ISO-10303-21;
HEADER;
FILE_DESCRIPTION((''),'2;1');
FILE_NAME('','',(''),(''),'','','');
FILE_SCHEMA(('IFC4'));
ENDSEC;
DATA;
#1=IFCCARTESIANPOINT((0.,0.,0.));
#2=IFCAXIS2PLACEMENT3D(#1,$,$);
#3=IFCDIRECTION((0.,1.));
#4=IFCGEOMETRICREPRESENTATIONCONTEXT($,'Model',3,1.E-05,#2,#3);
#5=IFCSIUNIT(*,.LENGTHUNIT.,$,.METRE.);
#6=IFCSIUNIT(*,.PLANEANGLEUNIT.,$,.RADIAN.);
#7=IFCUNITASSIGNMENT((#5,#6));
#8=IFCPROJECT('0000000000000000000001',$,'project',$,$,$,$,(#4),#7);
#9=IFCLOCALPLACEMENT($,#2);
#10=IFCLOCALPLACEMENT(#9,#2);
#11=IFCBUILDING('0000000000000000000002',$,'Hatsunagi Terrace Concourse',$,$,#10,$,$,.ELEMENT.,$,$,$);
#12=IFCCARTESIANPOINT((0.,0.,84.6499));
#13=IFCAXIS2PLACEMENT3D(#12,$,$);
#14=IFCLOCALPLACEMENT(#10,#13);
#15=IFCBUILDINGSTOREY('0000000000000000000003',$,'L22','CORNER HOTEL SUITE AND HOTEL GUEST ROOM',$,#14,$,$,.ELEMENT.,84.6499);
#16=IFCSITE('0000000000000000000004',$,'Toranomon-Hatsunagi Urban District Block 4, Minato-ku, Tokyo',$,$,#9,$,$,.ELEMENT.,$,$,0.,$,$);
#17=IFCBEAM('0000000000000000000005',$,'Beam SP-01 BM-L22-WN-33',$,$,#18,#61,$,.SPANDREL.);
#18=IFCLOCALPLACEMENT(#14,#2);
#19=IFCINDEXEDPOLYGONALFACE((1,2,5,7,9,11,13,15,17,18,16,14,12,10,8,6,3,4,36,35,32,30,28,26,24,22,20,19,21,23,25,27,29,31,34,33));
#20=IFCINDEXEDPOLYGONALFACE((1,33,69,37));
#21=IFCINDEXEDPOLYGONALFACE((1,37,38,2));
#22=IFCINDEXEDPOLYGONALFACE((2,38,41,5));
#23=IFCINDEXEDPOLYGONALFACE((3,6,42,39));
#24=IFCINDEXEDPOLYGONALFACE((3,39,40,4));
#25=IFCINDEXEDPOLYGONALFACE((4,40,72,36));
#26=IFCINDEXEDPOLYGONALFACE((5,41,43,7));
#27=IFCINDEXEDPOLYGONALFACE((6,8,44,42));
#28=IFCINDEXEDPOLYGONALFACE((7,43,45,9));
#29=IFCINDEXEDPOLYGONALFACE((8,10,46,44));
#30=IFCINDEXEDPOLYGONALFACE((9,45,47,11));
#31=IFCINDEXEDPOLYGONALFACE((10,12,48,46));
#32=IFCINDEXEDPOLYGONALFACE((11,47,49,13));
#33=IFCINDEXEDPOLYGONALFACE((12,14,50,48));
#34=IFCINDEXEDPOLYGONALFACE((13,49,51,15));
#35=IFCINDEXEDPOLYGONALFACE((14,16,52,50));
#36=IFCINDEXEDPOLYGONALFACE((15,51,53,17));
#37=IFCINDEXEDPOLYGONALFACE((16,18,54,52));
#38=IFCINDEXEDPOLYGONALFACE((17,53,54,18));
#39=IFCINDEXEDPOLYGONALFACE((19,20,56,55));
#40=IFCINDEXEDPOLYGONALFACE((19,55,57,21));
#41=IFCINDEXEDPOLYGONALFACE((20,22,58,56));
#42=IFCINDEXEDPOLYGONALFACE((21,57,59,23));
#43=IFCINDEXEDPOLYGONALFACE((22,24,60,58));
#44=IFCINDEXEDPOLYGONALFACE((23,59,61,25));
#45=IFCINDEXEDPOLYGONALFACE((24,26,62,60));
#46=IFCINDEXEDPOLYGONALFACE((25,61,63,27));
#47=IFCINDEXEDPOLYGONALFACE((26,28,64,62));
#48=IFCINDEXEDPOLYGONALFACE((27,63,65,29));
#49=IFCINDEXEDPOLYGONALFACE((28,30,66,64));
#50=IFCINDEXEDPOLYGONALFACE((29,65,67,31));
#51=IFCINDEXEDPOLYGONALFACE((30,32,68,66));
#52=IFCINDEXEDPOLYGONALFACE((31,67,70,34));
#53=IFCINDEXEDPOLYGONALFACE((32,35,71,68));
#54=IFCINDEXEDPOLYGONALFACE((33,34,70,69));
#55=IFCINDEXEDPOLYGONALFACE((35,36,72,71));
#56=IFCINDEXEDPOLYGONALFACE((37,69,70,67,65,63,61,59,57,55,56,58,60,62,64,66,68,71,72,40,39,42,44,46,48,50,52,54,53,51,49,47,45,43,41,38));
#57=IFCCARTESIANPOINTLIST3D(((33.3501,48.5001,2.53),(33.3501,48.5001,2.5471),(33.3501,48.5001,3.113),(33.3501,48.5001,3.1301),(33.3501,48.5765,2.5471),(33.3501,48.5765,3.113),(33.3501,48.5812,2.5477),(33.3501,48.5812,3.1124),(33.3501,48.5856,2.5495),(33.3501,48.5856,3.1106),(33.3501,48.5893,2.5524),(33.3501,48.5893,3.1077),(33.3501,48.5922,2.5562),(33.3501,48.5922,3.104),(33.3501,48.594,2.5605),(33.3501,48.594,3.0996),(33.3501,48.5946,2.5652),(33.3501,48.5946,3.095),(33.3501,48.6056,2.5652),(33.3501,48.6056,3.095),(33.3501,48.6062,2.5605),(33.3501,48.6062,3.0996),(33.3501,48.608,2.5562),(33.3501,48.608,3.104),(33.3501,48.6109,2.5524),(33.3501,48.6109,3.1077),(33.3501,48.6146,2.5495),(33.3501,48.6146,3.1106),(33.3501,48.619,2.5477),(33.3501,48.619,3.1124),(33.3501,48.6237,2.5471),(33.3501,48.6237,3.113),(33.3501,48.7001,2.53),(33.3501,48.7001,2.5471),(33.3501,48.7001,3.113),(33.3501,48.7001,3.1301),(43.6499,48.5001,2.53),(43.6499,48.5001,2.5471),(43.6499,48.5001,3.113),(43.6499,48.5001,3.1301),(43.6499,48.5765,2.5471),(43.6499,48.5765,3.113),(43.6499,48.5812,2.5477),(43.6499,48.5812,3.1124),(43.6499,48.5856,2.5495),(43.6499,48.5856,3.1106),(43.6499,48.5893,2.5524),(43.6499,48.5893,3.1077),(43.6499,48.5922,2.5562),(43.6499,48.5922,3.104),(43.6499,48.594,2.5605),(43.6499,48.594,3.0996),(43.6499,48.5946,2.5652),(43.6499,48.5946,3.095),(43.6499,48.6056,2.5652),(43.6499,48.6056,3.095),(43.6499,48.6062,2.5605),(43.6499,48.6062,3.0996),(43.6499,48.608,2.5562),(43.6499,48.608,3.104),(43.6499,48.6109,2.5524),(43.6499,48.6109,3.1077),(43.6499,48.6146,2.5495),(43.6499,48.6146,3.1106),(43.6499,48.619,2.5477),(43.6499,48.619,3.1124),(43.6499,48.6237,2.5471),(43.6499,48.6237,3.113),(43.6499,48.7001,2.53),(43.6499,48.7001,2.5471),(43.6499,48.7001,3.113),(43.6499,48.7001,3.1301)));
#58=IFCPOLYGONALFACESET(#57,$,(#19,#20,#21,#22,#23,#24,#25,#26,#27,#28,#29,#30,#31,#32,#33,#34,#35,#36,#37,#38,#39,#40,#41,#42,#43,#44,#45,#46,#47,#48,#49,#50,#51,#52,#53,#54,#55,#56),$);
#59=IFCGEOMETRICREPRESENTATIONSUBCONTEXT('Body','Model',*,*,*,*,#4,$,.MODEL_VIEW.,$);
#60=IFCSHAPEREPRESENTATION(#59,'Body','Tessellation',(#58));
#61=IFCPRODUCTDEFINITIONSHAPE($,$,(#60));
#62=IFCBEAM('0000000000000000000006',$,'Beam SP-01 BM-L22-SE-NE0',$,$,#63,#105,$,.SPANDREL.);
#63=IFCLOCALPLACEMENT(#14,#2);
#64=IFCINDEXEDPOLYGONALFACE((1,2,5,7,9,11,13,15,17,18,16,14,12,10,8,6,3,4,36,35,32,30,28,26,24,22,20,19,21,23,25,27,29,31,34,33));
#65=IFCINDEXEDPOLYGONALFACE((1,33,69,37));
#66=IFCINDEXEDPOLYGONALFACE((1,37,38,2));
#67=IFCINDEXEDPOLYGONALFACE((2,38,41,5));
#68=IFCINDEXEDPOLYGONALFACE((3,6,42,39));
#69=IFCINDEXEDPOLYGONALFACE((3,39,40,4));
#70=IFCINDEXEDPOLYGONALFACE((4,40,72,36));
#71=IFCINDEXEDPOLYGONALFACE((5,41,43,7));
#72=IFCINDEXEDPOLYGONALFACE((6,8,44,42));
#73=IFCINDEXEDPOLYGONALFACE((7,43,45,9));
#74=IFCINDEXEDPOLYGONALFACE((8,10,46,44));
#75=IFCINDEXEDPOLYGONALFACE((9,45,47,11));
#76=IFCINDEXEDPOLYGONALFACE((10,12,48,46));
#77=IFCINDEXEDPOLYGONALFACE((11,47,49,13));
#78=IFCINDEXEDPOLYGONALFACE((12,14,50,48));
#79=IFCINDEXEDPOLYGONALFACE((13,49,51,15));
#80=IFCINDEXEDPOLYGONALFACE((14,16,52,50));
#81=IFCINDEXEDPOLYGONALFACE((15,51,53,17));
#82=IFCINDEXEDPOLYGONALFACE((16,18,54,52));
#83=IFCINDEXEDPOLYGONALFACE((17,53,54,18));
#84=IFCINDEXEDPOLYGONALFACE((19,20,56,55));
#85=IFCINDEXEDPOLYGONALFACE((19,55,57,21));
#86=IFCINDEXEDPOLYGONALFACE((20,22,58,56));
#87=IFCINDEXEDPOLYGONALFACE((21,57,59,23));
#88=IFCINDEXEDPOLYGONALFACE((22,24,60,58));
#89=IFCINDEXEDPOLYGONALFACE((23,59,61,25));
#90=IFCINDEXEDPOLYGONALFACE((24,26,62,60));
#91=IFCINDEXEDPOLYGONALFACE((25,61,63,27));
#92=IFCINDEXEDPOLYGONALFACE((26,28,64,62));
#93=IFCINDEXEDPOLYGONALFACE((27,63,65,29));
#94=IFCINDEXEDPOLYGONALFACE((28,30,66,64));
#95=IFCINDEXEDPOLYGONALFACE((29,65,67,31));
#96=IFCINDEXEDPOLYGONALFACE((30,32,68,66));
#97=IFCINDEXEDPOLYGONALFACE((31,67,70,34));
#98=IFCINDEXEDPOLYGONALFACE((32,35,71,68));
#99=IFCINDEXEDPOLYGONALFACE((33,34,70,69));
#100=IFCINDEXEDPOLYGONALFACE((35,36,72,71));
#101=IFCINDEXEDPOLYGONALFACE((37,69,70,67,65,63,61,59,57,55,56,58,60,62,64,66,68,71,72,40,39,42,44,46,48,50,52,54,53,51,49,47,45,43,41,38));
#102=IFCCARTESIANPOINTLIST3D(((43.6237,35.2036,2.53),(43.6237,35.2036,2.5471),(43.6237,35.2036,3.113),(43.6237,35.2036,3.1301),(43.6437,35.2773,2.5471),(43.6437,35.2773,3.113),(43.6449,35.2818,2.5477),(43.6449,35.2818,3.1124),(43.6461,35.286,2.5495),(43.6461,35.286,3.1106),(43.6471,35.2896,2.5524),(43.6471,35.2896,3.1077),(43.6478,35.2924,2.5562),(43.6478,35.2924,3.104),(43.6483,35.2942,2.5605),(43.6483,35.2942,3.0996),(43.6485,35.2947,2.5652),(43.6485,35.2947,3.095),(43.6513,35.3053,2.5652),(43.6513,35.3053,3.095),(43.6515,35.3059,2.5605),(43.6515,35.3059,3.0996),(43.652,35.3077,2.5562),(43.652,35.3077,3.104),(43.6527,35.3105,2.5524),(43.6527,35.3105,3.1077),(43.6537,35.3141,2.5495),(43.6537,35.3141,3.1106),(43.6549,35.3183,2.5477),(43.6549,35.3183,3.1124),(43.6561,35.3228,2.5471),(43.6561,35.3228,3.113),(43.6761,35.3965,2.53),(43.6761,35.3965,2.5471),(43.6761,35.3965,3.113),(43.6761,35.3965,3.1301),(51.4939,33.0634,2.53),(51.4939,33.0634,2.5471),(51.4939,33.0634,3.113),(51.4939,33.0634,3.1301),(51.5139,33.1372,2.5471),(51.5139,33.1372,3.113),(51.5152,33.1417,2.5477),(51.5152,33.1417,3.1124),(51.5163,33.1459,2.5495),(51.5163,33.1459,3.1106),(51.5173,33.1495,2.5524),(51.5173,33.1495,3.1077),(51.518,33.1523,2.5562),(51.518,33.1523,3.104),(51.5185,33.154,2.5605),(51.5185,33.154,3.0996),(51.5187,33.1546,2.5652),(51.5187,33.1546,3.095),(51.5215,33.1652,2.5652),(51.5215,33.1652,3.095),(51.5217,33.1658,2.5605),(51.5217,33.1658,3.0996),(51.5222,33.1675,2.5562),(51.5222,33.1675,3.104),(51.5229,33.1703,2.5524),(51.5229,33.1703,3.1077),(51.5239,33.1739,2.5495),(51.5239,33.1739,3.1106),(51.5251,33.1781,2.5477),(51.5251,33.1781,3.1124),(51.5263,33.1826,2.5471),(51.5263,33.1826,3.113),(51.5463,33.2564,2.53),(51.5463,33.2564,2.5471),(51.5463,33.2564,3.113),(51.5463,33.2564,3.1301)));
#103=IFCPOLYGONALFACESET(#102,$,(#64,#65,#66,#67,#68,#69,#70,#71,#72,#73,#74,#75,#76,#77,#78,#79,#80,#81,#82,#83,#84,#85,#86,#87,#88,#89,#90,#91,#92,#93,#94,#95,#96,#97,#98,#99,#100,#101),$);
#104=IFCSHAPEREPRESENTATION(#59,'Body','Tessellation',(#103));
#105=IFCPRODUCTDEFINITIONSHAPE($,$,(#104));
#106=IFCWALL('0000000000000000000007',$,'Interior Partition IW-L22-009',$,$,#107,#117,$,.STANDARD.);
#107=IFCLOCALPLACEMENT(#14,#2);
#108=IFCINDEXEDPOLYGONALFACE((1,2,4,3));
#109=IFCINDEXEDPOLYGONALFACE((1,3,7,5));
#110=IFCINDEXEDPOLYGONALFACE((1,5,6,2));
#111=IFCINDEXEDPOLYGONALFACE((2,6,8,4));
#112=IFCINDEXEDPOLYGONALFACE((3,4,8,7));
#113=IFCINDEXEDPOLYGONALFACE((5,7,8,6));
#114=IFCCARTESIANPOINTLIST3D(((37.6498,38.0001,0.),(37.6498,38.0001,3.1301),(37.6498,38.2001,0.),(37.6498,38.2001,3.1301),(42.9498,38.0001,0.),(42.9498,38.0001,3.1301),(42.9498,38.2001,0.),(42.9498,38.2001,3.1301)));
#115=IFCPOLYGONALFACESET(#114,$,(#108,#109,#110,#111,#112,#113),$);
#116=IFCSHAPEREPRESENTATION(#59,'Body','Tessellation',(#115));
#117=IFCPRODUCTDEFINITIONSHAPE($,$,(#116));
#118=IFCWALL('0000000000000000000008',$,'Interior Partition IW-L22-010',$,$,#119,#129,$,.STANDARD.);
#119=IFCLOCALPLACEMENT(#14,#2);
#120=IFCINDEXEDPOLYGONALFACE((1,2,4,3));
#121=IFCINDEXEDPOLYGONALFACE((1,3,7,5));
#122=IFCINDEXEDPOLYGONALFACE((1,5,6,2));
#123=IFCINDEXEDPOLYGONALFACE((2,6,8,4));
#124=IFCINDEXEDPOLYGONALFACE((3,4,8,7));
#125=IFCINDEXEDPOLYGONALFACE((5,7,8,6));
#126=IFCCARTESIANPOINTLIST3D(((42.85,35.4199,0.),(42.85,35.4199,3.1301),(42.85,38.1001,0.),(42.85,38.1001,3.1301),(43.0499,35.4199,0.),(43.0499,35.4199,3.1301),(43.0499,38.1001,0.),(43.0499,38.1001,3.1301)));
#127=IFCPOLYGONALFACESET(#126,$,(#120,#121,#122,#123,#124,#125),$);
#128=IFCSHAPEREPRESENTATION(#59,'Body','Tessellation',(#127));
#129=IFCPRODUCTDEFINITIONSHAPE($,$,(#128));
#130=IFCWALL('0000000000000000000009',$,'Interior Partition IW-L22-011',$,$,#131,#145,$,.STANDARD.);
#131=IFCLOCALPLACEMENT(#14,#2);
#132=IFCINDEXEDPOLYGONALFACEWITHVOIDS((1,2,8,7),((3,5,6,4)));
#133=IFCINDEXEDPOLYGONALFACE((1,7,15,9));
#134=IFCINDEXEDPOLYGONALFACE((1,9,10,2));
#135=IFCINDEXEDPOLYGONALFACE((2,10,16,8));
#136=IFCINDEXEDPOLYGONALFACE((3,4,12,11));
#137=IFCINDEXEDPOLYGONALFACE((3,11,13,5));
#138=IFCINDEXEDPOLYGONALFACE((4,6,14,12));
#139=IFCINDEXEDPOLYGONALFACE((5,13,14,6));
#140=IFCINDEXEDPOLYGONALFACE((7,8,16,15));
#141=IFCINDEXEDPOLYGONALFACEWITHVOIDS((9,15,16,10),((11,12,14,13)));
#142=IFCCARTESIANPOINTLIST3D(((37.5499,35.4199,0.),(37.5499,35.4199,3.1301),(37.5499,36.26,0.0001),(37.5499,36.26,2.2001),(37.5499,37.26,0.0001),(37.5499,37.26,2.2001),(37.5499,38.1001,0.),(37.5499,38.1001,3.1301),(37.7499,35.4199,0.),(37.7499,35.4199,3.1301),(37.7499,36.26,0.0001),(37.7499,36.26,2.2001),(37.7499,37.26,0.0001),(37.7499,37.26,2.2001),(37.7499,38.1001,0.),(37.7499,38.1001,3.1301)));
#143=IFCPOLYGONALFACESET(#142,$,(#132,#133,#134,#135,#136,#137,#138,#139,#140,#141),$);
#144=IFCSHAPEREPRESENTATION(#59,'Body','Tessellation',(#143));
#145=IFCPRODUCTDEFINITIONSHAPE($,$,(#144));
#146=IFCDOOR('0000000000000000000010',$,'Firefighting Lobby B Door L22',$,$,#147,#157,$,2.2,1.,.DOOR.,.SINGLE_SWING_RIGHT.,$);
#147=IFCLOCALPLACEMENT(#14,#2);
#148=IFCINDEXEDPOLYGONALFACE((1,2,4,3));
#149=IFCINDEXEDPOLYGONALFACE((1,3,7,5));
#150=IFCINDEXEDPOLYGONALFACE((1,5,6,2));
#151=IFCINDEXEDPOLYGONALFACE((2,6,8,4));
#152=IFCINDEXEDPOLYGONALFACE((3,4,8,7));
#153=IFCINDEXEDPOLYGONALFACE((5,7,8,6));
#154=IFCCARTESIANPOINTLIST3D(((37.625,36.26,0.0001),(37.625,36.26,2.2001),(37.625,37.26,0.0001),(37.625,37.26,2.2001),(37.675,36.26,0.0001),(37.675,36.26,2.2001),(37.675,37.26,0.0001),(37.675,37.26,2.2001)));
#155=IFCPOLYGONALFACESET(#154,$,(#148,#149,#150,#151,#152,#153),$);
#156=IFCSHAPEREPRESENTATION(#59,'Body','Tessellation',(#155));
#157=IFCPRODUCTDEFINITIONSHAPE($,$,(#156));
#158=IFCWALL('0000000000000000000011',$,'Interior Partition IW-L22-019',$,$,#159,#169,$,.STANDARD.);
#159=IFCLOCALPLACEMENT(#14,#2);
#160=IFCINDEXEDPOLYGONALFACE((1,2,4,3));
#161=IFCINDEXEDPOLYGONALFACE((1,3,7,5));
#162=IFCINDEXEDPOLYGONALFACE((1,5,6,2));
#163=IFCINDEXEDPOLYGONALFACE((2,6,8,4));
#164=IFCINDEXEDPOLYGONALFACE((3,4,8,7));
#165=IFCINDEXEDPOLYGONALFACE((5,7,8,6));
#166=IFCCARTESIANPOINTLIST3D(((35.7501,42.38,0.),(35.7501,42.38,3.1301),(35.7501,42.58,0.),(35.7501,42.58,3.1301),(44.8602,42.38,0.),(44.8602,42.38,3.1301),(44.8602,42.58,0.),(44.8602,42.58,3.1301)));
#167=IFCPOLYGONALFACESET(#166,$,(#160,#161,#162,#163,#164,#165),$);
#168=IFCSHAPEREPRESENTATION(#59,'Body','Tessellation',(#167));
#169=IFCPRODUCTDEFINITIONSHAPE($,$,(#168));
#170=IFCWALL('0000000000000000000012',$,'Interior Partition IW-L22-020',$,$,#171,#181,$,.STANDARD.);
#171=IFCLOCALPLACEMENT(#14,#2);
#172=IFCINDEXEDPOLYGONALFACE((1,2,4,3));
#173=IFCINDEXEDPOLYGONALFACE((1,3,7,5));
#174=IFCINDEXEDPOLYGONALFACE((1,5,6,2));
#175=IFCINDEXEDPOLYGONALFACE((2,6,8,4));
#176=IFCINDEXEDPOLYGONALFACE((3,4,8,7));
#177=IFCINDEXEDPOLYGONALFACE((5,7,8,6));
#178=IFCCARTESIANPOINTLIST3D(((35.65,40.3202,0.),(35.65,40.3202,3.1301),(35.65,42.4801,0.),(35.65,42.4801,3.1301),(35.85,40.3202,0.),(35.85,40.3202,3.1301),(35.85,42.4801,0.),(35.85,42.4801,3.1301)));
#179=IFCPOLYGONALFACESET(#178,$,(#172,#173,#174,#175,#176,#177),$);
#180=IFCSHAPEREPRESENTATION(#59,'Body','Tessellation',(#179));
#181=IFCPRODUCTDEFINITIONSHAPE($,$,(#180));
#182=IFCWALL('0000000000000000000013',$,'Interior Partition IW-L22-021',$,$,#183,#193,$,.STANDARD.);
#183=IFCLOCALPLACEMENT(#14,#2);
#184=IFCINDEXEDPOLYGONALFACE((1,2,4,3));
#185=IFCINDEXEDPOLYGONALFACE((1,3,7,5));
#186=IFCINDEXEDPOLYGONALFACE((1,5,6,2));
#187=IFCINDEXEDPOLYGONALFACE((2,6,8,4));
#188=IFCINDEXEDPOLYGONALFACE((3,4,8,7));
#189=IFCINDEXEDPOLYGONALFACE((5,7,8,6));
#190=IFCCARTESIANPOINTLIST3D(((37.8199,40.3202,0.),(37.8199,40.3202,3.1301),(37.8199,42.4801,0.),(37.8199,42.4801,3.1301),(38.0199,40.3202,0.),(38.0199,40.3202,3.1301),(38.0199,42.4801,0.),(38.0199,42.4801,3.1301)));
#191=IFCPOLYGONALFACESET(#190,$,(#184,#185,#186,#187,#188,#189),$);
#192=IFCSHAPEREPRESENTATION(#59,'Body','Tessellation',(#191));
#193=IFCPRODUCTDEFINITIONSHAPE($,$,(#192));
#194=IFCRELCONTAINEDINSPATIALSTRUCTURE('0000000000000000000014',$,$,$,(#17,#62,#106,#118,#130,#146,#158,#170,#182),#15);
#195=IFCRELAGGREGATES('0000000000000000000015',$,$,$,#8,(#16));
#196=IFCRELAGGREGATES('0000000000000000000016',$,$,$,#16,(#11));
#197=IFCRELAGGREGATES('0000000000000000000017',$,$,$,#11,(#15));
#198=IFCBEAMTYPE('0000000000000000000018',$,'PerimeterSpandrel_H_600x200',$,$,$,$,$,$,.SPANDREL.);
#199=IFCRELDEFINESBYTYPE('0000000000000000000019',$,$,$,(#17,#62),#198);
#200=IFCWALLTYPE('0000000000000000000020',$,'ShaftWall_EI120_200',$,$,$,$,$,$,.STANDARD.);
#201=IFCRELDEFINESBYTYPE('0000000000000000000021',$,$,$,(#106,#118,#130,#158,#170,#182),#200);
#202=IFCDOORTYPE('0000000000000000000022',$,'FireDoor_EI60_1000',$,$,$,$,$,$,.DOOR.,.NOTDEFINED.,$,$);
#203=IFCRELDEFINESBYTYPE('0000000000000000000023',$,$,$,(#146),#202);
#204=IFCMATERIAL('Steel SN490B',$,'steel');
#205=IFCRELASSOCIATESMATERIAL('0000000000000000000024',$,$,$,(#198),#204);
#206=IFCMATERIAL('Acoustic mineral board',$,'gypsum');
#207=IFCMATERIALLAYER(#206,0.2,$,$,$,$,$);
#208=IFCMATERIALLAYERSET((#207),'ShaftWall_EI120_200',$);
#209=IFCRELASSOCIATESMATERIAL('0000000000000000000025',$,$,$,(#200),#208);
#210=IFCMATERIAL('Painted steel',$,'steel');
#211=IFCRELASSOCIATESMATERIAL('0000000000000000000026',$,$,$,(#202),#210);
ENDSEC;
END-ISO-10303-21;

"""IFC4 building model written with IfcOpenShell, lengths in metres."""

from ifc_helpers import new_model, si_unit, direction, frame, frame_2d, origin, origin_2d, place, context, subcontext, project, spatial, rectangle, i_section, extrude, material, layer, layer_set, material_profile, profile_set, type_object, element, fill, save


model = new_model("IFC4")

# Units and contexts
model_context = context("Model", 3, precision=1e-05, world=origin(), true_north=direction((0.0, 1.0)))
body_context = subcontext(model_context, "Body", "Model", "MODEL_VIEW")
ifc_project = project(units=[si_unit("LENGTHUNIT", "METRE"), si_unit("PLANEANGLEUNIT", "RADIAN")], contexts=[model_context])

# Site, building, storey
site_placement = place(None, origin())
site = spatial("IfcSite", under=ifc_project, at=site_placement, Name="Toranomon-Hatsunagi Urban District Block 4, Minato-ku, Tokyo", CompositionType="ELEMENT", RefElevation=0.0)
building_placement = place(site_placement, origin())
building = spatial("IfcBuilding", under=site, at=building_placement, Name="Hatsunagi Terrace Concourse", CompositionType="ELEMENT")
storey_placement = place(building_placement, frame((0.0, 0.0, 84.6499)))
storey = spatial("IfcBuildingStorey", under=building, at=storey_placement, Name="L22", Description="CORNER HOTEL SUITE AND HOTEL GUEST ROOM", CompositionType="ELEMENT", Elevation=84.6499)

# Beams
ifc_material_1 = material(Name="Steel SN490B", Category="steel")
ifc_material_profile_1 = material_profile(ifc_material_1, i_section(OverallWidth=0.2, OverallDepth=0.6001, WebThickness=0.011, FlangeThickness=0.0171, FilletRadius=0.0181, at=origin_2d()), Name="H-600x200x11x17")
ifc_profile_set_1 = profile_set([ifc_material_profile_1], Name="Steel SN490B")
beam_type_1 = type_object("IfcBeamType", Name="PerimeterSpandrel_H_600x200", PredefinedType="SPANDREL", material=ifc_profile_set_1)
beam_1_placement = place(storey_placement, frame((33.3501, 48.6001, 2.8301), z_axis=(1.0, 0.0, 0.0), x_axis=(0.0, 1.0, 0.0)))
element("IfcBeam", 1, at=beam_1_placement, inside=storey, type_object=beam_type_1, Name="Beam SP-01 BM-L22-WN-33", PredefinedType="SPANDREL", context=body_context, shape_type="SweptSolid", body=[
    extrude(i_section(OverallWidth=0.2, OverallDepth=0.6001, WebThickness=0.011, FlangeThickness=0.0171, FilletRadius=0.0181, at=origin_2d()), origin(), (0.0, 0.0, 1.0), 10.2998),
])
beam_2_placement = place(storey_placement, frame((43.6499, 35.3, 2.8301), z_axis=(0.964958, -0.262403, 0.0), x_axis=(0.262403, 0.964958, 0.0)))
element("IfcBeam", 2, at=beam_2_placement, inside=storey, type_object=beam_type_1, Name="Beam SP-01 BM-L22-SE-NE0", PredefinedType="SPANDREL", context=body_context, shape_type="SweptSolid", body=[
    extrude(i_section(OverallWidth=0.2, OverallDepth=0.6001, WebThickness=0.011, FlangeThickness=0.0171, FilletRadius=0.0181, at=origin_2d()), origin(), (0.0, 0.0, 1.0), 8.156),
])

# Walls
ifc_material_2 = material(Name="Acoustic mineral board", Category="gypsum")
ifc_layer_1 = layer(ifc_material_2, 0.2)
ifc_layer_set_1 = layer_set([ifc_layer_1], Name="ShaftWall_EI120_200")
wall_type_1 = type_object("IfcWallType", Name="ShaftWall_EI120_200", PredefinedType="STANDARD", material=ifc_layer_set_1)
wall_1_placement = place(storey_placement, frame((37.6499, 38.1001, 0.0), z_axis=(0.0, 0.0, 1.0), x_axis=(1.0, 0.0, 0.0)))
element("IfcWall", 3, at=wall_1_placement, inside=storey, type_object=wall_type_1, Name="Interior Partition IW-L22-009", PredefinedType="STANDARD", context=body_context, shape_type="SweptSolid", body=[
    extrude(rectangle(XDim=5.3, YDim=0.2, at=frame_2d((2.6499, 0.0))), origin(), (0.0, 0.0, 1.0), 3.1301),
])
wall_2_placement = place(storey_placement, frame((42.95, 35.4199, 0.0), z_axis=(0.0, 0.0, 1.0), x_axis=(0.0, 1.0, 0.0)))
element("IfcWall", 4, at=wall_2_placement, inside=storey, type_object=wall_type_1, Name="Interior Partition IW-L22-010", PredefinedType="STANDARD", context=body_context, shape_type="SweptSolid", body=[
    extrude(rectangle(XDim=2.6802, YDim=0.2, at=frame_2d((1.3401, 0.0))), origin(), (0.0, 0.0, 1.0), 3.1301),
])

# Wall, opening, door
wall_3_placement = place(storey_placement, frame((37.6499, 35.4199, 0.0), z_axis=(0.0, 0.0, 1.0), x_axis=(0.0, 1.0, 0.0)))
wall_3 = element("IfcWall", 5, at=wall_3_placement, inside=storey, type_object=wall_type_1, Name="Interior Partition IW-L22-011", PredefinedType="STANDARD", context=body_context, shape_type="SweptSolid", body=[
    extrude(rectangle(XDim=2.6802, YDim=0.2, at=frame_2d((1.3401, 0.0))), origin(), (0.0, 0.0, 1.0), 3.1301),
])
opening_1_placement = place(wall_3_placement, frame((0.8401, 0.0, 0.0)))
opening_1 = element("IfcOpeningElement", 6, at=opening_1_placement, cuts=wall_3, PredefinedType="OPENING", context=body_context, shape_type="SweptSolid", body=[
    extrude(rectangle(XDim=1.0, YDim=2.2, at=frame_2d((0.5, 1.1001))), frame((0.0, 0.1099, 0.0), z_axis=(0.0, -1.0, 0.0), x_axis=(1.0, 0.0, 0.0)), (0.0, 0.0, 1.0), 0.22),
])
ifc_material_3 = material(Name="Painted steel", Category="steel")
door_type_1 = type_object("IfcDoorType", Name="FireDoor_EI60_1000", OperationType="NOTDEFINED", PredefinedType="DOOR", material=ifc_material_3)
door_1_placement = place(opening_1_placement, origin())
door_1 = element("IfcDoor", 7, at=door_1_placement, inside=storey, type_object=door_type_1, Name="Firefighting Lobby B Door L22", OperationType="SINGLE_SWING_RIGHT", OverallHeight=2.2, OverallWidth=1.0, PredefinedType="DOOR", context=body_context, shape_type="SweptSolid", body=[
    extrude(rectangle(XDim=1.0, YDim=2.2, at=frame_2d((0.5, 1.1001))), frame((0.0, 0.0249, 0.0), z_axis=(0.0, -1.0, 0.0), x_axis=(1.0, 0.0, 0.0)), (0.0, 0.0, 1.0), 0.05),
])
fill(opening_1, door_1)

# Walls
wall_4_placement = place(storey_placement, frame((35.75, 42.48, 0.0), z_axis=(0.0, 0.0, 1.0), x_axis=(1.0, 0.0, 0.0)))
element("IfcWall", 8, at=wall_4_placement, inside=storey, type_object=wall_type_1, Name="Interior Partition IW-L22-019", PredefinedType="STANDARD", context=body_context, shape_type="SweptSolid", body=[
    extrude(rectangle(XDim=9.1101, YDim=0.2, at=frame_2d((4.5552, 0.0))), origin(), (0.0, 0.0, 1.0), 3.1301),
])
for number, where, z_axis, x_axis, name in (
    (9, (35.75, 40.3201, 0.0), (0.0, 0.0, 1.0), (0.0, 1.0, 0.0), "Interior Partition IW-L22-020"),
    (10, (37.9199, 40.3201, 0.0), (0.0, 0.0, 1.0), (0.0, 1.0, 0.0), "Interior Partition IW-L22-021"),
):
    element("IfcWall", number, at=place(storey_placement, frame(where, z_axis=z_axis, x_axis=x_axis)), inside=storey, type_object=wall_type_1, Name=name, PredefinedType="STANDARD", context=body_context, shape_type="SweptSolid", body=[
        extrude(rectangle(XDim=2.1599, YDim=0.2, at=frame_2d((1.0801, 0.0))), origin(), (0.0, 0.0, 1.0), 3.1301),
    ])

save(model, "model.ifc")
